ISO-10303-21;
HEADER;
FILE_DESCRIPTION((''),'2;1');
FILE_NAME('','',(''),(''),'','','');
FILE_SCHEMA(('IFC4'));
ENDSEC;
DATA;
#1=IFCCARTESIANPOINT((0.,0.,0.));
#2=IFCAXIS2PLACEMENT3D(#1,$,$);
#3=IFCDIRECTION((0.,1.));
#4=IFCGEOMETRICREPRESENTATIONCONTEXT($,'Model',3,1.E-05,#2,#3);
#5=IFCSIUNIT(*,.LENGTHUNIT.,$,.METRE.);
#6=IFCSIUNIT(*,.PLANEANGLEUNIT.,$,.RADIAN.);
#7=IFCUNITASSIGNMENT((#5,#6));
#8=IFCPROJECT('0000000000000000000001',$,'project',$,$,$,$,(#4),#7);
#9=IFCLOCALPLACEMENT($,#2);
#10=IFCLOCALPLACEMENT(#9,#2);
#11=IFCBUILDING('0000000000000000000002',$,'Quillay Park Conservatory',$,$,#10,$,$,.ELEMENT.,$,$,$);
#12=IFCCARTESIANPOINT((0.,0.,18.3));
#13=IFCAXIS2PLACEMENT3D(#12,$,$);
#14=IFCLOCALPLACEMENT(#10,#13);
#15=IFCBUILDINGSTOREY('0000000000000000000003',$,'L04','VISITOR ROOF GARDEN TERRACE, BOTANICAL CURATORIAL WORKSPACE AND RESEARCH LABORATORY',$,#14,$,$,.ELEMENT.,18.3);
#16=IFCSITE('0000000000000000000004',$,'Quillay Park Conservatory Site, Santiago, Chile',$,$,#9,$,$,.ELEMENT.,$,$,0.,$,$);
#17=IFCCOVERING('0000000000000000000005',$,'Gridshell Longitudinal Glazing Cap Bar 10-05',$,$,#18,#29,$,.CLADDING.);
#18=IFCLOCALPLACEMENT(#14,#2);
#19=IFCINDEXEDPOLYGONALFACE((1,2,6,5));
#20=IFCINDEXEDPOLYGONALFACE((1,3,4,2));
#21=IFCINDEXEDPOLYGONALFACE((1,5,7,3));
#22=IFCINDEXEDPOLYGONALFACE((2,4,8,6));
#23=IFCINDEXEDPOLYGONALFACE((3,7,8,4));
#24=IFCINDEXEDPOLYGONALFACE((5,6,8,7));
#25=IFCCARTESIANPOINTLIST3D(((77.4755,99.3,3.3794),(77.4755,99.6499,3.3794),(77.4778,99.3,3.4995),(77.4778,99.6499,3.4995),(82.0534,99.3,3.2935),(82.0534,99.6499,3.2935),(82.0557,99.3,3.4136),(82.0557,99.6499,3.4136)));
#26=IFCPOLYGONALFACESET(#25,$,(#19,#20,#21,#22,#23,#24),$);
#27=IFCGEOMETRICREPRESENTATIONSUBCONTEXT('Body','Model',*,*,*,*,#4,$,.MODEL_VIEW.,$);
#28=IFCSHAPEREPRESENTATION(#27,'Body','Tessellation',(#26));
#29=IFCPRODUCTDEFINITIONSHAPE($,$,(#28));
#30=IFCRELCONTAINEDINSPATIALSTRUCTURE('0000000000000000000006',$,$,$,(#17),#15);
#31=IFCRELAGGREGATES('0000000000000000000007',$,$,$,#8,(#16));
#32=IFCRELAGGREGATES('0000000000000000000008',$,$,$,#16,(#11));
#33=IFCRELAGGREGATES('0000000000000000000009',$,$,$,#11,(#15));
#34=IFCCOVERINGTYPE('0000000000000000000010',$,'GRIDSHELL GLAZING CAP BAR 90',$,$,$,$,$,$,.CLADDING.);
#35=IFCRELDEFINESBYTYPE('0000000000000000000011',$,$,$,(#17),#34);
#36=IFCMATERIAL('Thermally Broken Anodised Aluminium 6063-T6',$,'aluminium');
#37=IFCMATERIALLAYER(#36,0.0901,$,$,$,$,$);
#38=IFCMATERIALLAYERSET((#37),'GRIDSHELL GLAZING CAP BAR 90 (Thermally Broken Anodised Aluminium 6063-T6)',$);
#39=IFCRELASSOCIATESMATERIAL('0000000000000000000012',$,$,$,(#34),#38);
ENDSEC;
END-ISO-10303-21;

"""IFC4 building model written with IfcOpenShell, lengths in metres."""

from ifc_helpers import new_model, si_unit, direction, frame, origin, place, context, subcontext, project, spatial, polyline, outline, extrude, material, layer, layer_set, type_object, element, save


model = new_model("IFC4")

# Units and contexts
model_context = context("Model", 3, precision=1e-05, world=origin(), true_north=direction((0.0, 1.0)))
body_context = subcontext(model_context, "Body", "Model", "MODEL_VIEW")
ifc_project = project(units=[si_unit("LENGTHUNIT", "METRE"), si_unit("PLANEANGLEUNIT", "RADIAN")], contexts=[model_context])

# Site, building, storey
site_placement = place(None, origin())
site = spatial("IfcSite", under=ifc_project, at=site_placement, Name="Quillay Park Conservatory Site, Santiago, Chile", CompositionType="ELEMENT", RefElevation=0.0)
building_placement = place(site_placement, origin())
building = spatial("IfcBuilding", under=site, at=building_placement, Name="Quillay Park Conservatory", CompositionType="ELEMENT")
storey_placement = place(building_placement, frame((0.0, 0.0, 18.3)))
storey = spatial("IfcBuildingStorey", under=building, at=storey_placement, Name="L04", Description="VISITOR ROOF GARDEN TERRACE, BOTANICAL CURATORIAL WORKSPACE AND RESEARCH LABORATORY", CompositionType="ELEMENT", Elevation=18.3)

# Covering
ifc_material_1 = material(Name="Thermally Broken Anodised Aluminium 6063-T6", Category="aluminium")
ifc_layer_1 = layer(ifc_material_1, 0.0901)
ifc_layer_set_1 = layer_set([ifc_layer_1], Name="GRIDSHELL GLAZING CAP BAR 90 (Thermally Broken Anodised Aluminium 6063-T6)")
covering_type = type_object("IfcCoveringType", Name="GRIDSHELL GLAZING CAP BAR 90", PredefinedType="CLADDING", material=ifc_layer_set_1)
covering_1_placement = place(storey_placement, frame((77.4778, 99.3, 3.4995), z_axis=(0.018769, 0.0, 0.999824), x_axis=(0.999824, 0.0, -0.018769)))
element("IfcCovering", 1, at=covering_1_placement, inside=storey, type_object=covering_type, Name="Gridshell Longitudinal Glazing Cap Bar 10-05", PredefinedType="CLADDING", context=body_context, shape_type="SweptSolid", body=[
    extrude(outline(polyline([(0.0, 0.0), (4.5787, 0.0), (4.5787, 0.3499), (0.0, 0.3499), (0.0, 0.0)])), origin(), (0.0, 0.0, -1.0), 0.1201),
])

save(model, "model.ifc")
